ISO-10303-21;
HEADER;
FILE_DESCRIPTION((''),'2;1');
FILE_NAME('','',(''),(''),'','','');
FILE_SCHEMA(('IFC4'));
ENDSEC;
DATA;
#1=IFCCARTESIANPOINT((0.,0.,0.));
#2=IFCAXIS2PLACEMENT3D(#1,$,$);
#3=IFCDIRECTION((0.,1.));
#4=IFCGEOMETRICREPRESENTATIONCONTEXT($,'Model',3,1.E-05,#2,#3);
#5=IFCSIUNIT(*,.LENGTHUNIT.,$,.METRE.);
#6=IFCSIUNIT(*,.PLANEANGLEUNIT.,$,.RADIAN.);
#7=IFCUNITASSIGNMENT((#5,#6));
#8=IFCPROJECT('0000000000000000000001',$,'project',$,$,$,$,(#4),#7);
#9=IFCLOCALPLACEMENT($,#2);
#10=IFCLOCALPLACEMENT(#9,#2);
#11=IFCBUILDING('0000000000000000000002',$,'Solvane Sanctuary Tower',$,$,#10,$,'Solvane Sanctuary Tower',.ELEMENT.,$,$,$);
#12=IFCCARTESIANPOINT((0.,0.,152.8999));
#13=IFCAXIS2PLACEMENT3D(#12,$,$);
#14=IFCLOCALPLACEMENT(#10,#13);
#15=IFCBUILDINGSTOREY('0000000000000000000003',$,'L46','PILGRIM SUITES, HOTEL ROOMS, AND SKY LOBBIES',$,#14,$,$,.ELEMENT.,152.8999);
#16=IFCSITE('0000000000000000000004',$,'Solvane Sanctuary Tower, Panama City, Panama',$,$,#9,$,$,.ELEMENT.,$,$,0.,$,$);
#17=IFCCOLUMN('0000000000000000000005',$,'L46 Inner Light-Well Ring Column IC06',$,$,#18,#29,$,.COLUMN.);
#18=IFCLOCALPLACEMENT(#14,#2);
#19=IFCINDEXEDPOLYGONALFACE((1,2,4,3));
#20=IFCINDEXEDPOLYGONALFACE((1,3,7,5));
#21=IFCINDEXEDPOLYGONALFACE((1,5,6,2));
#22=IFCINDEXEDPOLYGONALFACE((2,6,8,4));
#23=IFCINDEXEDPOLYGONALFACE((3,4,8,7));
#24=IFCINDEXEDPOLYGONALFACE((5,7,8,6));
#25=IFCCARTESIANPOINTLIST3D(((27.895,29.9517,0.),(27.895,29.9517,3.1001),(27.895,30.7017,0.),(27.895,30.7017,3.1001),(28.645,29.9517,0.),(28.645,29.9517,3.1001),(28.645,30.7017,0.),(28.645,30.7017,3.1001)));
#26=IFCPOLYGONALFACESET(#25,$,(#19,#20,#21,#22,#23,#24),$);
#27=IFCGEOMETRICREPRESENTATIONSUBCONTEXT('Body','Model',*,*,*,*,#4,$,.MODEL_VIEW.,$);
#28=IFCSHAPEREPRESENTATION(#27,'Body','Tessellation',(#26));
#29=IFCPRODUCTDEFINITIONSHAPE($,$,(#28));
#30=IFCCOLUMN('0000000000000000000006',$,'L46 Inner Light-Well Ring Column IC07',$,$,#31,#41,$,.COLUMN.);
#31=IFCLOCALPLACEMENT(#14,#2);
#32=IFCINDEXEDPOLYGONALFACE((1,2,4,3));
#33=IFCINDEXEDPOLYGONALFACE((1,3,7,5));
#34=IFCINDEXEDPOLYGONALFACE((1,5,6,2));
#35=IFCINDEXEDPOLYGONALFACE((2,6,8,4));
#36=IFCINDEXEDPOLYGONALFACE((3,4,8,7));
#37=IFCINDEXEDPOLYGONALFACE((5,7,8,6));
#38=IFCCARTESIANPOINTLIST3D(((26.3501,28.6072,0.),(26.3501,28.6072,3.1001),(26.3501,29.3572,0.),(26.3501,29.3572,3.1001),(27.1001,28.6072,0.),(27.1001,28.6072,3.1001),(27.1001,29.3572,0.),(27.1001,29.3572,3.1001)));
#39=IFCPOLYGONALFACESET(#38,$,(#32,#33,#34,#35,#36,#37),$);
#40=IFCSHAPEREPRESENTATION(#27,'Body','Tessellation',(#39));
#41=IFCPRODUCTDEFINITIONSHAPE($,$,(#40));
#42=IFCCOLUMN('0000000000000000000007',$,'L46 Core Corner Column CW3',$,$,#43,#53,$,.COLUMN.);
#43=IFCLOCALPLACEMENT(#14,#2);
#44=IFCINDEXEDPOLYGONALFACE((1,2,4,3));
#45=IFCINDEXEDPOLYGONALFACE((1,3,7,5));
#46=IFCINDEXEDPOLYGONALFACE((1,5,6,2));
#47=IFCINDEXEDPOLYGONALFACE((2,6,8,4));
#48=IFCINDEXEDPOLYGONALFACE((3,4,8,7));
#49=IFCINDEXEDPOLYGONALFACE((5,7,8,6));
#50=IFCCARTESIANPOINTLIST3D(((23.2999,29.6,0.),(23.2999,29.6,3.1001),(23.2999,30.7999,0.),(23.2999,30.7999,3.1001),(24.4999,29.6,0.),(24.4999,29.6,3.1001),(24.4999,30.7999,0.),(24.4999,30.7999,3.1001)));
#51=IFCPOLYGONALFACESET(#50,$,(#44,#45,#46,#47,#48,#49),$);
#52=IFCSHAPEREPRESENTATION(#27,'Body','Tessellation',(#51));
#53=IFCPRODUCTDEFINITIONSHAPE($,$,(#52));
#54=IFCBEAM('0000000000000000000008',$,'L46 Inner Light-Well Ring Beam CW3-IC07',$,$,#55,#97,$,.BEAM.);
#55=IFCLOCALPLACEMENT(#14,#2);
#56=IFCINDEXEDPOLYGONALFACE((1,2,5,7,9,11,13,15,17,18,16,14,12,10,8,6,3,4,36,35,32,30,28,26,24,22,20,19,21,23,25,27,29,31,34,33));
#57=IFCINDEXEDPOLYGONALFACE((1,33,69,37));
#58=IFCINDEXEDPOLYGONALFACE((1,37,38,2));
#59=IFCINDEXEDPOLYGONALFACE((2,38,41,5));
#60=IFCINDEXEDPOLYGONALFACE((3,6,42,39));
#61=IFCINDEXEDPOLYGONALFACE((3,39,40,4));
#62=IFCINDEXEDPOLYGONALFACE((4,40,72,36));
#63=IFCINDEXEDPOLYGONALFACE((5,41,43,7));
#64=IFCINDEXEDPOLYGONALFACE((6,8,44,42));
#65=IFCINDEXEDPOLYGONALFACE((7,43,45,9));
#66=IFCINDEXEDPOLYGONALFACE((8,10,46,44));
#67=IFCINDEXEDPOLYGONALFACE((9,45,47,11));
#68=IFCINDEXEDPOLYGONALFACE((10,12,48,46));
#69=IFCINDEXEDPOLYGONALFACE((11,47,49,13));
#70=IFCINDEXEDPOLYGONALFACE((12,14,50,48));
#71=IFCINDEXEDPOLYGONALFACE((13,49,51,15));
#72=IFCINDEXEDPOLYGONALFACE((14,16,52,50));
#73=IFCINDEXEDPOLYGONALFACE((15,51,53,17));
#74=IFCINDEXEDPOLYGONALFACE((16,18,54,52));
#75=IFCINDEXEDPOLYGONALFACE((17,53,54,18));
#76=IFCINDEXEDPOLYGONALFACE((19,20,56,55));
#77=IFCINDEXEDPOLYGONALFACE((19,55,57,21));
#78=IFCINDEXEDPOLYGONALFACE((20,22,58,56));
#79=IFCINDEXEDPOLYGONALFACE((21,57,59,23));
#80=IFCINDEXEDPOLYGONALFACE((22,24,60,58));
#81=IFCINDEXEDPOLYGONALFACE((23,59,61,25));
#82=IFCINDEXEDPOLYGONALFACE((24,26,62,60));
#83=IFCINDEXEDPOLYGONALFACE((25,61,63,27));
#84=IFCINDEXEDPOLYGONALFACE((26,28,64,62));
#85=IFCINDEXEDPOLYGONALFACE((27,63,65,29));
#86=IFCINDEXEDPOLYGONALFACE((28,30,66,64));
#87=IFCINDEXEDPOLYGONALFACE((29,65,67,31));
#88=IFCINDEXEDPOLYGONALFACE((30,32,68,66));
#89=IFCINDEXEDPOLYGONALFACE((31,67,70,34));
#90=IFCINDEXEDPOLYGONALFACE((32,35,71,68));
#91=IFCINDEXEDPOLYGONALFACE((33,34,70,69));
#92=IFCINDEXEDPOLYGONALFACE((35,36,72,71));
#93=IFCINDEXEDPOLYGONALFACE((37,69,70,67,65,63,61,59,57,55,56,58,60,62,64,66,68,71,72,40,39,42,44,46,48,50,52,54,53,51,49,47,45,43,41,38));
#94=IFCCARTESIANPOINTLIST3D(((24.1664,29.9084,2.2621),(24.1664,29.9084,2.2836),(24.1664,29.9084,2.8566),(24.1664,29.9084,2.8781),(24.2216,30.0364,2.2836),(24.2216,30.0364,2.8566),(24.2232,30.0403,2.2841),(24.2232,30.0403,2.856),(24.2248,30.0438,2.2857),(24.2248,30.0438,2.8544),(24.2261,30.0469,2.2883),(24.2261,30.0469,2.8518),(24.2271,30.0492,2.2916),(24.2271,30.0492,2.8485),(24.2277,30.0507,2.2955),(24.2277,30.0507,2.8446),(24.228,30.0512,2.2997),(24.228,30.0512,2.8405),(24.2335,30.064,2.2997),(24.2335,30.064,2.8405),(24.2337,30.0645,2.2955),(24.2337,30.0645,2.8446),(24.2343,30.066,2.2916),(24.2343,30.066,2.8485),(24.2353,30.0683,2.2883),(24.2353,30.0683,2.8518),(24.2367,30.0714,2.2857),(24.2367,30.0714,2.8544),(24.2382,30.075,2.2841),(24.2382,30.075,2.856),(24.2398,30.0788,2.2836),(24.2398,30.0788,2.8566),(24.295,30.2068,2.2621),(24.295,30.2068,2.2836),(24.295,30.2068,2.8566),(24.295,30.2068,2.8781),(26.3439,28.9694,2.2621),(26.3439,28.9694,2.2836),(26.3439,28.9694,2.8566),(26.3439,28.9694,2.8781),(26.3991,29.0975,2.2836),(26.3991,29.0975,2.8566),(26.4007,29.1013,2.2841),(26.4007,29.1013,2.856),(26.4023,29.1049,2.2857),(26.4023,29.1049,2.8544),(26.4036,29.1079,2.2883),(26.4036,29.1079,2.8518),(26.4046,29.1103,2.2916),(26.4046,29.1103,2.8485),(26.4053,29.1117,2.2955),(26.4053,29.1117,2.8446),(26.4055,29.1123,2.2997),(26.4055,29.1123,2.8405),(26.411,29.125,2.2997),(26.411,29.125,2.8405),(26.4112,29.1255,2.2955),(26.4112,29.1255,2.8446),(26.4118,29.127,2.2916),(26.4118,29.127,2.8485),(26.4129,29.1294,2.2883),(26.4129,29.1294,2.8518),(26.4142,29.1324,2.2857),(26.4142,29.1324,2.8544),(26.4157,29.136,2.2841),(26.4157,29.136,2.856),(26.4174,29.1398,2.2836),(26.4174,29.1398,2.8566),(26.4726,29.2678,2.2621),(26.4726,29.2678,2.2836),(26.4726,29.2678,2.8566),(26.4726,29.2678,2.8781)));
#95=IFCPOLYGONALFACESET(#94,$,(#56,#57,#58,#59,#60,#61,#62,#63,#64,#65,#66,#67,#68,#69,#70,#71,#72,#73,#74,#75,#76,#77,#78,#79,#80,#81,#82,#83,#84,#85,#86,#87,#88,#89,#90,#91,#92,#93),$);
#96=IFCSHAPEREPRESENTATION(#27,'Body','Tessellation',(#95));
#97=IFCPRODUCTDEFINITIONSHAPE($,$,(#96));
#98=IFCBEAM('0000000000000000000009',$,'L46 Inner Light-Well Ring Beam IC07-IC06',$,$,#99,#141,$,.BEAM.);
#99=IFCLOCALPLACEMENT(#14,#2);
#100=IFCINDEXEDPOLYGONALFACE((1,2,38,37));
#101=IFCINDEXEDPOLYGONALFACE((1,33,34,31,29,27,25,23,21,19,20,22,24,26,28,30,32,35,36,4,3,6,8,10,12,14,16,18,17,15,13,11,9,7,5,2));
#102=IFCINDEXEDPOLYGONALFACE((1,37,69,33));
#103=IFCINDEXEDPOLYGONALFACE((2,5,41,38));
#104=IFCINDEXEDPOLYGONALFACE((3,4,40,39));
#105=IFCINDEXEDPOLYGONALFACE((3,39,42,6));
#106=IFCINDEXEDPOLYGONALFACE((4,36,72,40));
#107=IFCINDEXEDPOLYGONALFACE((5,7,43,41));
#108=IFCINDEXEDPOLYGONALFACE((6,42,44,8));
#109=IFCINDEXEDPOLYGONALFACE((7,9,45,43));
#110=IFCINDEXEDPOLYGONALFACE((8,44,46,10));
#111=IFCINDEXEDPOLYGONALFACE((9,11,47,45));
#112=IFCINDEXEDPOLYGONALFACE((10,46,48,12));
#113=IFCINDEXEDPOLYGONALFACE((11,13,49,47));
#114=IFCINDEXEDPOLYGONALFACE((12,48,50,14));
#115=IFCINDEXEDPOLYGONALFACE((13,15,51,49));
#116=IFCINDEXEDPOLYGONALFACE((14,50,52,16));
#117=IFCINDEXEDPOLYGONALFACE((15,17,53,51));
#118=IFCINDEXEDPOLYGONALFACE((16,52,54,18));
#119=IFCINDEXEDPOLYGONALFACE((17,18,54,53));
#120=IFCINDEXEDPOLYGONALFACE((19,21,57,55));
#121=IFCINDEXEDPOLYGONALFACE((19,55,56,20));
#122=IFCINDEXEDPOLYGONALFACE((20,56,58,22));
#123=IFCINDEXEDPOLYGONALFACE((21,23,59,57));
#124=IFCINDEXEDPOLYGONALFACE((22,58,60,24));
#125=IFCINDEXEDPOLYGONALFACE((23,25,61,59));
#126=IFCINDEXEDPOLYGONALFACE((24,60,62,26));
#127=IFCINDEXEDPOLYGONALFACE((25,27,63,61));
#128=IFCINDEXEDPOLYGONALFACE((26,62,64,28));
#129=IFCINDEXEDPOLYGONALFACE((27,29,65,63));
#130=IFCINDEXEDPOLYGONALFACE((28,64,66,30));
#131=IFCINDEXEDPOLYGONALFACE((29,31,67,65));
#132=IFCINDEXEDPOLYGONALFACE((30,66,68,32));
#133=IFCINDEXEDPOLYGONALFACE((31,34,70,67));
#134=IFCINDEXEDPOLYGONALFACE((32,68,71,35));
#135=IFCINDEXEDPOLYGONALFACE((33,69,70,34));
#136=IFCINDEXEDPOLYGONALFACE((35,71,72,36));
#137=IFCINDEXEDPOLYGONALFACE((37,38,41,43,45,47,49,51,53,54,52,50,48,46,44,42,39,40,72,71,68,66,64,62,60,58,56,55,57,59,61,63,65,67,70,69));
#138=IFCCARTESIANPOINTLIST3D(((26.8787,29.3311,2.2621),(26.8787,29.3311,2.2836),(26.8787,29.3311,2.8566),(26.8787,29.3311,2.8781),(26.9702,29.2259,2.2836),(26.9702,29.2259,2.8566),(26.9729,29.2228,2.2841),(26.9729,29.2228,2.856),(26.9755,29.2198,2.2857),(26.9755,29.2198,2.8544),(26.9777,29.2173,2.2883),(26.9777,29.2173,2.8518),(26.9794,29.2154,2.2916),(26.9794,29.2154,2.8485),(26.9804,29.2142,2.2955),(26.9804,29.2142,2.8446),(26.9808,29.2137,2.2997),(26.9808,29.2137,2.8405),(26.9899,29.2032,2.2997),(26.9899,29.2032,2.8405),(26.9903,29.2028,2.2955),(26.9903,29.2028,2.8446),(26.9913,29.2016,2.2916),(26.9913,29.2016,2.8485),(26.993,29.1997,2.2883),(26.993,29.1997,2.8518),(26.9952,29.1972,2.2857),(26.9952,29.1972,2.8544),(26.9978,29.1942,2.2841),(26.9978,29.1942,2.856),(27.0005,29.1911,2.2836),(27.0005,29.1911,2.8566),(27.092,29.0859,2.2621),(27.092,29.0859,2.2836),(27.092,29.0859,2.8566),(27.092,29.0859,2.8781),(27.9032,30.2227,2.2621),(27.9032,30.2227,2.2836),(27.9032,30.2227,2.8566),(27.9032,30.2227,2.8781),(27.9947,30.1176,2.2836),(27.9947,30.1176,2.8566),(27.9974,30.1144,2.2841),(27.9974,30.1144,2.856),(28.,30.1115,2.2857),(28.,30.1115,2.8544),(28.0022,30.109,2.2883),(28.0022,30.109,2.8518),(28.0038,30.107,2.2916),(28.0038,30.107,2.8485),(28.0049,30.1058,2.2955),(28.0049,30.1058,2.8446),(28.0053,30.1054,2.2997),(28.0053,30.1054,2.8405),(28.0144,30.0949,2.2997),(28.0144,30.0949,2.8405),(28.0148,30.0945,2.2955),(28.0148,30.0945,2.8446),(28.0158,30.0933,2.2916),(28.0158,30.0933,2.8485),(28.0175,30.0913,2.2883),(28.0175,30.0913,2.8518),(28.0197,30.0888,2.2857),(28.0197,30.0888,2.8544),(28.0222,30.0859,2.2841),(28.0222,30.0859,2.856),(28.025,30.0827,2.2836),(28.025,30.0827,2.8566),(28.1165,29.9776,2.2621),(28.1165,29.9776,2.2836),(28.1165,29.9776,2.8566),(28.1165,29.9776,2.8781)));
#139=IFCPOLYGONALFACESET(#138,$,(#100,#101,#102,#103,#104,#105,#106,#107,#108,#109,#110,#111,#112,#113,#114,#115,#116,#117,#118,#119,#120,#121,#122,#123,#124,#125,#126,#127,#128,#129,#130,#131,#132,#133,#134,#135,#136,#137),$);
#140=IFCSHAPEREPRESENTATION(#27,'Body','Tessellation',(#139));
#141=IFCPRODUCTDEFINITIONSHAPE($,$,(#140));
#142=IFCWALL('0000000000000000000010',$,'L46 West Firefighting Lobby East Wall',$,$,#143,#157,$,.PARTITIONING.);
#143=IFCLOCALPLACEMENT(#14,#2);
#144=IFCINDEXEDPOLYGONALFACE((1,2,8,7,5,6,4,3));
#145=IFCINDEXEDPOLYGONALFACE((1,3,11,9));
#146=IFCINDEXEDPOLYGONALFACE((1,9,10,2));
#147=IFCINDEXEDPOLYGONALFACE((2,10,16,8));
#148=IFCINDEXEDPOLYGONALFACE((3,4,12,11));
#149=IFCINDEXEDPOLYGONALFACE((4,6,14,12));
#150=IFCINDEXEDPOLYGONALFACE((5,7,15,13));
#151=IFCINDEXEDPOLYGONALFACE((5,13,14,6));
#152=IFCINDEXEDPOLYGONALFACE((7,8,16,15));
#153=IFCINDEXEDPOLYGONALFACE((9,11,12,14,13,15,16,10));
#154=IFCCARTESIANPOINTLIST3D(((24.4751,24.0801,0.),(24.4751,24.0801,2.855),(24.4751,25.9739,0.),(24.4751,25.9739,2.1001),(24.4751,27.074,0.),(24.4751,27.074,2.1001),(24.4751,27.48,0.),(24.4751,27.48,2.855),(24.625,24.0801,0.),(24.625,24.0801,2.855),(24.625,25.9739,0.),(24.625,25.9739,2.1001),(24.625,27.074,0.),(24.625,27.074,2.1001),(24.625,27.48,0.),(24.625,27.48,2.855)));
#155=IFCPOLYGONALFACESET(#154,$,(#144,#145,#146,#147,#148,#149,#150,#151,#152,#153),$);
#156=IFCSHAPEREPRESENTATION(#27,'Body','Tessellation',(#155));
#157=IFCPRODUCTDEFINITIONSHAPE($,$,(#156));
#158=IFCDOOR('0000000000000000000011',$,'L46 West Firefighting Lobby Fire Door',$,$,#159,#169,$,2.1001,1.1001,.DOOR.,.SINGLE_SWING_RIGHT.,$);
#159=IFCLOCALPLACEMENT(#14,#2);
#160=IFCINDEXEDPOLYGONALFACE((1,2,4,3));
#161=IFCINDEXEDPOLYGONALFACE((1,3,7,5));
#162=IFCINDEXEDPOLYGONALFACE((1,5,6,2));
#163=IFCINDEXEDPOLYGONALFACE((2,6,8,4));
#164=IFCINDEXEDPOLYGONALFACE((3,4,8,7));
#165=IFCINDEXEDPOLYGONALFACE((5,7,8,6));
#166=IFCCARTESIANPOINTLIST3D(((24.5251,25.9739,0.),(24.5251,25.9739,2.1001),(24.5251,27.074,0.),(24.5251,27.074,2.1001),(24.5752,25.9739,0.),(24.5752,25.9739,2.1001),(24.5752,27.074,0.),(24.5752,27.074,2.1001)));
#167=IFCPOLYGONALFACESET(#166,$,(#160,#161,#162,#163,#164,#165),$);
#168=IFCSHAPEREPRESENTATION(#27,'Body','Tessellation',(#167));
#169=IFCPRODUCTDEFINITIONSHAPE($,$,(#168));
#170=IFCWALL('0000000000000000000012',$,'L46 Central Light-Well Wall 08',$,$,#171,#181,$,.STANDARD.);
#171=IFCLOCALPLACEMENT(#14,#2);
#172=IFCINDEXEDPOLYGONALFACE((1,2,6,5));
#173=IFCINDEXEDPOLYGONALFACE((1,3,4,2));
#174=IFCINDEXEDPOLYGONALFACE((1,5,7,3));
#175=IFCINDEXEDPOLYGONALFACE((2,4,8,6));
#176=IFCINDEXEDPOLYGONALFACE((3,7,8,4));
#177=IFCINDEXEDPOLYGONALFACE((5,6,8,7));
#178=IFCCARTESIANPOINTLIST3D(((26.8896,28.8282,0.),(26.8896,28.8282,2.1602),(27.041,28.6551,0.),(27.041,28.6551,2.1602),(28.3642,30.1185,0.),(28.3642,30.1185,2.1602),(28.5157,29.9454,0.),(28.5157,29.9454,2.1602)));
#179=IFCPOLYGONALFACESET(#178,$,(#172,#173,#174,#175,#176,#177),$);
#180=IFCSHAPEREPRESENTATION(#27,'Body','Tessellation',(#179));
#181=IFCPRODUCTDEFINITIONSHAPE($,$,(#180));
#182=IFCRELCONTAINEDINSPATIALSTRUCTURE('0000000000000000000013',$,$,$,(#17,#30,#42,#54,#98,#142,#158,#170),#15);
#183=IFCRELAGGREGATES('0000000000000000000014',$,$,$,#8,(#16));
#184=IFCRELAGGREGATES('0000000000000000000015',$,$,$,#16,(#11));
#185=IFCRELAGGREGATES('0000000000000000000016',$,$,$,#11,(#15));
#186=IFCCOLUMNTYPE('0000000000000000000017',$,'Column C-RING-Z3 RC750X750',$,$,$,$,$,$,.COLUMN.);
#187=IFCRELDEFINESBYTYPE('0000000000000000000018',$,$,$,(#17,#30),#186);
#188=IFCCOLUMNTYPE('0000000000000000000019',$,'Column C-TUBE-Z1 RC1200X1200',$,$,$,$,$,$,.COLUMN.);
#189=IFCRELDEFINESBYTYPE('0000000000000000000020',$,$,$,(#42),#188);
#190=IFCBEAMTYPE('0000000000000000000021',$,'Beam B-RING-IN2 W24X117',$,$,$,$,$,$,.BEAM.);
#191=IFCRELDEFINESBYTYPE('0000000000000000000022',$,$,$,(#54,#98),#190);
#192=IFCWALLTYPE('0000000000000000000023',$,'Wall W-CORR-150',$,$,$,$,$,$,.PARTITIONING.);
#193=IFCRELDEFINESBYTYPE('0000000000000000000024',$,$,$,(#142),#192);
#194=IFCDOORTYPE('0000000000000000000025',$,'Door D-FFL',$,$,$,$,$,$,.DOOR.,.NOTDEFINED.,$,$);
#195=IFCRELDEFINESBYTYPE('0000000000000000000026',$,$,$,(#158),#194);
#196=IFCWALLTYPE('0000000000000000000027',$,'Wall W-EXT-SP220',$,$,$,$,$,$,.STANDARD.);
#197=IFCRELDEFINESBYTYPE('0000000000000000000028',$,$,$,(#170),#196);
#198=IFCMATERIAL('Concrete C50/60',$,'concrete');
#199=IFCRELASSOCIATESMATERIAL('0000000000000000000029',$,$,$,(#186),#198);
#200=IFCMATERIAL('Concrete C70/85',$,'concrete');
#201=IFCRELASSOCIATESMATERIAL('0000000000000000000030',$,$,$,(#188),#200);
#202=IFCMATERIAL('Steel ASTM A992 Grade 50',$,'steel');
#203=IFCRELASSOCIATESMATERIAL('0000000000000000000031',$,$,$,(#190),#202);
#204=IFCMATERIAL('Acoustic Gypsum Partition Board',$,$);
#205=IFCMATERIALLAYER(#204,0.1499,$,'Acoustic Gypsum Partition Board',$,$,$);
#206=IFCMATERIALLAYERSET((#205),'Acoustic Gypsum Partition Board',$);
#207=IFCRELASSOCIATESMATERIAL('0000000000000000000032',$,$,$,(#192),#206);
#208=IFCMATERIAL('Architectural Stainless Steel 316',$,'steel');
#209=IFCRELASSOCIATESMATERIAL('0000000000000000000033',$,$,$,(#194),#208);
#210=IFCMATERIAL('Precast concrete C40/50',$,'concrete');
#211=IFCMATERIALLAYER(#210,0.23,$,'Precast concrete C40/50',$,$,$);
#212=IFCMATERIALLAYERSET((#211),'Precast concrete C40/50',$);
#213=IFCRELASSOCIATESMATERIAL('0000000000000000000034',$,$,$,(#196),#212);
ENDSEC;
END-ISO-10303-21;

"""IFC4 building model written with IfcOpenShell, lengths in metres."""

from ifc_helpers import new_model, si_unit, direction, frame, frame_2d, origin, origin_2d, place, context, subcontext, project, spatial, rectangle, i_section, extrude, material, layer, layer_set, material_profile, profile_set, type_object, element, fill, save


model = new_model("IFC4")

# Units and contexts
model_context = context("Model", 3, precision=1e-05, world=origin(), true_north=direction((0.0, 1.0)))
body_context = subcontext(model_context, "Body", "Model", "MODEL_VIEW")
ifc_project = project(units=[si_unit("LENGTHUNIT", "METRE"), si_unit("PLANEANGLEUNIT", "RADIAN")], contexts=[model_context])

# Site, building, storey
site_placement = place(None, origin())
site = spatial("IfcSite", under=ifc_project, at=site_placement, Name="Solvane Sanctuary Tower, Panama City, Panama", CompositionType="ELEMENT", RefElevation=0.0)
building_placement = place(site_placement, origin())
building = spatial("IfcBuilding", under=site, at=building_placement, Name="Solvane Sanctuary Tower", LongName="Solvane Sanctuary Tower", CompositionType="ELEMENT")
storey_placement = place(building_placement, frame((0.0, 0.0, 152.8999)))
storey = spatial("IfcBuildingStorey", under=building, at=storey_placement, Name="L46", Description="PILGRIM SUITES, HOTEL ROOMS, AND SKY LOBBIES", CompositionType="ELEMENT", Elevation=152.8999)

# Columns
ifc_material_1 = material(Name="Concrete C50/60", Category="concrete")
ifc_material_profile_1 = material_profile(ifc_material_1, rectangle(XDim=0.75, YDim=0.75, at=origin_2d()), Name="RC750X750")
ifc_profile_set_1 = profile_set([ifc_material_profile_1], Name="Concrete C50/60")
column_type_1 = type_object("IfcColumnType", Name="Column C-RING-Z3 RC750X750", PredefinedType="COLUMN", material=ifc_profile_set_1)
for number, where, z_axis, x_axis, name in (
    (1, (28.27, 30.3267, 0.0), (0.0, 0.0, 1.0), (1.0, 0.0, 0.0), "L46 Inner Light-Well Ring Column IC06"),
    (2, (26.7251, 28.9822, 0.0), (0.0, 0.0, 1.0), (1.0, 0.0, 0.0), "L46 Inner Light-Well Ring Column IC07"),
):
    element("IfcColumn", number, at=place(storey_placement, frame(where, z_axis=z_axis, x_axis=x_axis)), inside=storey, type_object=column_type_1, Name=name, PredefinedType="COLUMN", context=body_context, shape_type="SweptSolid", body=[
        extrude(rectangle(XDim=0.75, YDim=0.75, at=origin_2d()), origin(), (0.0, 0.0, 1.0), 3.1001),
    ])
ifc_material_2 = material(Name="Concrete C70/85", Category="concrete")
ifc_material_profile_2 = material_profile(ifc_material_2, rectangle(XDim=1.2, YDim=1.2, at=origin_2d()), Name="RC1200X1200")
ifc_profile_set_2 = profile_set([ifc_material_profile_2], Name="Concrete C70/85")
column_type_2 = type_object("IfcColumnType", Name="Column C-TUBE-Z1 RC1200X1200", PredefinedType="COLUMN", material=ifc_profile_set_2)
column_placement = place(storey_placement, frame((23.8999, 30.2, 0.0), z_axis=(0.0, 0.0, 1.0), x_axis=(1.0, 0.0, 0.0)))
element("IfcColumn", 3, at=column_placement, inside=storey, type_object=column_type_2, Name="L46 Core Corner Column CW3", PredefinedType="COLUMN", context=body_context, shape_type="SweptSolid", body=[
    extrude(rectangle(XDim=1.2, YDim=1.2, at=origin_2d()), origin(), (0.0, 0.0, 1.0), 3.1001),
])

# Beams
ifc_material_3 = material(Name="Steel ASTM A992 Grade 50", Category="steel")
ifc_material_profile_3 = material_profile(ifc_material_3, i_section(OverallWidth=0.325, OverallDepth=0.616, WebThickness=0.0139, FlangeThickness=0.0215, FilletRadius=0.0161, at=origin_2d()), Name="W24X117")
ifc_profile_set_3 = profile_set([ifc_material_profile_3], Name="Steel ASTM A992 Grade 50")
beam_type = type_object("IfcBeamType", Name="Beam B-RING-IN2 W24X117", PredefinedType="BEAM", material=ifc_profile_set_3)
beam_1_placement = place(storey_placement, frame((24.2307, 30.0576, 2.5701), z_axis=(0.918264, -0.395969, 0.0), x_axis=(0.395969, 0.918264, 0.0)))
element("IfcBeam", 4, at=beam_1_placement, inside=storey, type_object=beam_type, Name="L46 Inner Light-Well Ring Beam CW3-IC07", PredefinedType="BEAM", context=body_context, shape_type="SweptSolid", body=[
    extrude(i_section(OverallWidth=0.325, OverallDepth=0.616, WebThickness=0.0139, FlangeThickness=0.0215, FilletRadius=0.0161, at=origin_2d()), origin(), (0.0, 0.0, 1.0), 2.3713),
])
beam_2_placement = place(storey_placement, frame((26.9854, 29.2085, 2.5701), z_axis=(0.754311, 0.656517, 0.0), x_axis=(-0.656517, 0.754311, 0.0)))
element("IfcBeam", 5, at=beam_2_placement, inside=storey, type_object=beam_type, Name="L46 Inner Light-Well Ring Beam IC07-IC06", PredefinedType="BEAM", context=body_context, shape_type="SweptSolid", body=[
    extrude(i_section(OverallWidth=0.325, OverallDepth=0.616, WebThickness=0.0139, FlangeThickness=0.0215, FilletRadius=0.0161, at=origin_2d()), origin(), (0.0, 0.0, 1.0), 1.3582),
])

# Wall, opening, door
ifc_material_4 = material(Name="Acoustic Gypsum Partition Board")
ifc_layer_1 = layer(ifc_material_4, 0.1499, Name="Acoustic Gypsum Partition Board")
ifc_layer_set_1 = layer_set([ifc_layer_1], Name="Acoustic Gypsum Partition Board")
wall_type_1 = type_object("IfcWallType", Name="Wall W-CORR-150", PredefinedType="PARTITIONING", material=ifc_layer_set_1)
wall_1_placement = place(storey_placement, frame((24.55, 24.0801, 0.0), z_axis=(0.0, 0.0, 1.0), x_axis=(0.0, 1.0, 0.0)))
wall_1 = element("IfcWall", 6, at=wall_1_placement, inside=storey, type_object=wall_type_1, Name="L46 West Firefighting Lobby East Wall", PredefinedType="PARTITIONING", context=body_context, shape_type="SweptSolid", body=[
    extrude(rectangle(XDim=3.3999, YDim=0.1499, at=frame_2d((1.7, 0.0))), origin(), (0.0, 0.0, 1.0), 2.855),
])
opening_1_placement = place(wall_1_placement, frame((1.8938, 0.0, 0.0)))
opening_1 = element("IfcOpeningElement", 7, at=opening_1_placement, cuts=wall_1, PredefinedType="OPENING", context=body_context, shape_type="SweptSolid", body=[
    extrude(rectangle(XDim=1.1001, YDim=2.1001, at=frame_2d((0.55, 1.05))), frame((0.0, 0.085, 0.0), z_axis=(0.0, -1.0, 0.0), x_axis=(1.0, 0.0, 0.0)), (0.0, 0.0, 1.0), 0.1699),
])
ifc_material_5 = material(Name="Architectural Stainless Steel 316", Category="steel")
door_type_1 = type_object("IfcDoorType", Name="Door D-FFL", OperationType="NOTDEFINED", PredefinedType="DOOR", material=ifc_material_5)
door_1_placement = place(opening_1_placement, origin())
door_1 = element("IfcDoor", 8, at=door_1_placement, inside=storey, type_object=door_type_1, Name="L46 West Firefighting Lobby Fire Door", OperationType="SINGLE_SWING_RIGHT", OverallHeight=2.1001, OverallWidth=1.1001, PredefinedType="DOOR", context=body_context, shape_type="SweptSolid", body=[
    extrude(rectangle(XDim=1.1001, YDim=2.1001, at=frame_2d((0.55, 1.05))), frame((0.0, 0.0249, 0.0), z_axis=(0.0, -1.0, 0.0), x_axis=(1.0, 0.0, 0.0)), (0.0, 0.0, 1.0), 0.05),
])
fill(opening_1, door_1)

# Wall
ifc_material_6 = material(Name="Precast concrete C40/50", Category="concrete")
ifc_layer_2 = layer(ifc_material_6, 0.23, Name="Precast concrete C40/50")
ifc_layer_set_2 = layer_set([ifc_layer_2], Name="Precast concrete C40/50")
wall_type_2 = type_object("IfcWallType", Name="Wall W-EXT-SP220", PredefinedType="STANDARD", material=ifc_layer_set_2)
wall_2_placement = place(storey_placement, frame((28.4399, 30.032, 0.0), z_axis=(0.0, 0.0, 1.0), x_axis=(-0.752577, -0.658505, 0.0)))
element("IfcWall", 9, at=wall_2_placement, inside=storey, type_object=wall_type_2, Name="L46 Central Light-Well Wall 08", PredefinedType="STANDARD", context=body_context, shape_type="SweptSolid", body=[
    extrude(rectangle(XDim=1.9595, YDim=0.23, at=frame_2d((0.9797, 0.0))), origin(), (0.0, 0.0, 1.0), 2.1602),
])

save(model, "model.ifc")
